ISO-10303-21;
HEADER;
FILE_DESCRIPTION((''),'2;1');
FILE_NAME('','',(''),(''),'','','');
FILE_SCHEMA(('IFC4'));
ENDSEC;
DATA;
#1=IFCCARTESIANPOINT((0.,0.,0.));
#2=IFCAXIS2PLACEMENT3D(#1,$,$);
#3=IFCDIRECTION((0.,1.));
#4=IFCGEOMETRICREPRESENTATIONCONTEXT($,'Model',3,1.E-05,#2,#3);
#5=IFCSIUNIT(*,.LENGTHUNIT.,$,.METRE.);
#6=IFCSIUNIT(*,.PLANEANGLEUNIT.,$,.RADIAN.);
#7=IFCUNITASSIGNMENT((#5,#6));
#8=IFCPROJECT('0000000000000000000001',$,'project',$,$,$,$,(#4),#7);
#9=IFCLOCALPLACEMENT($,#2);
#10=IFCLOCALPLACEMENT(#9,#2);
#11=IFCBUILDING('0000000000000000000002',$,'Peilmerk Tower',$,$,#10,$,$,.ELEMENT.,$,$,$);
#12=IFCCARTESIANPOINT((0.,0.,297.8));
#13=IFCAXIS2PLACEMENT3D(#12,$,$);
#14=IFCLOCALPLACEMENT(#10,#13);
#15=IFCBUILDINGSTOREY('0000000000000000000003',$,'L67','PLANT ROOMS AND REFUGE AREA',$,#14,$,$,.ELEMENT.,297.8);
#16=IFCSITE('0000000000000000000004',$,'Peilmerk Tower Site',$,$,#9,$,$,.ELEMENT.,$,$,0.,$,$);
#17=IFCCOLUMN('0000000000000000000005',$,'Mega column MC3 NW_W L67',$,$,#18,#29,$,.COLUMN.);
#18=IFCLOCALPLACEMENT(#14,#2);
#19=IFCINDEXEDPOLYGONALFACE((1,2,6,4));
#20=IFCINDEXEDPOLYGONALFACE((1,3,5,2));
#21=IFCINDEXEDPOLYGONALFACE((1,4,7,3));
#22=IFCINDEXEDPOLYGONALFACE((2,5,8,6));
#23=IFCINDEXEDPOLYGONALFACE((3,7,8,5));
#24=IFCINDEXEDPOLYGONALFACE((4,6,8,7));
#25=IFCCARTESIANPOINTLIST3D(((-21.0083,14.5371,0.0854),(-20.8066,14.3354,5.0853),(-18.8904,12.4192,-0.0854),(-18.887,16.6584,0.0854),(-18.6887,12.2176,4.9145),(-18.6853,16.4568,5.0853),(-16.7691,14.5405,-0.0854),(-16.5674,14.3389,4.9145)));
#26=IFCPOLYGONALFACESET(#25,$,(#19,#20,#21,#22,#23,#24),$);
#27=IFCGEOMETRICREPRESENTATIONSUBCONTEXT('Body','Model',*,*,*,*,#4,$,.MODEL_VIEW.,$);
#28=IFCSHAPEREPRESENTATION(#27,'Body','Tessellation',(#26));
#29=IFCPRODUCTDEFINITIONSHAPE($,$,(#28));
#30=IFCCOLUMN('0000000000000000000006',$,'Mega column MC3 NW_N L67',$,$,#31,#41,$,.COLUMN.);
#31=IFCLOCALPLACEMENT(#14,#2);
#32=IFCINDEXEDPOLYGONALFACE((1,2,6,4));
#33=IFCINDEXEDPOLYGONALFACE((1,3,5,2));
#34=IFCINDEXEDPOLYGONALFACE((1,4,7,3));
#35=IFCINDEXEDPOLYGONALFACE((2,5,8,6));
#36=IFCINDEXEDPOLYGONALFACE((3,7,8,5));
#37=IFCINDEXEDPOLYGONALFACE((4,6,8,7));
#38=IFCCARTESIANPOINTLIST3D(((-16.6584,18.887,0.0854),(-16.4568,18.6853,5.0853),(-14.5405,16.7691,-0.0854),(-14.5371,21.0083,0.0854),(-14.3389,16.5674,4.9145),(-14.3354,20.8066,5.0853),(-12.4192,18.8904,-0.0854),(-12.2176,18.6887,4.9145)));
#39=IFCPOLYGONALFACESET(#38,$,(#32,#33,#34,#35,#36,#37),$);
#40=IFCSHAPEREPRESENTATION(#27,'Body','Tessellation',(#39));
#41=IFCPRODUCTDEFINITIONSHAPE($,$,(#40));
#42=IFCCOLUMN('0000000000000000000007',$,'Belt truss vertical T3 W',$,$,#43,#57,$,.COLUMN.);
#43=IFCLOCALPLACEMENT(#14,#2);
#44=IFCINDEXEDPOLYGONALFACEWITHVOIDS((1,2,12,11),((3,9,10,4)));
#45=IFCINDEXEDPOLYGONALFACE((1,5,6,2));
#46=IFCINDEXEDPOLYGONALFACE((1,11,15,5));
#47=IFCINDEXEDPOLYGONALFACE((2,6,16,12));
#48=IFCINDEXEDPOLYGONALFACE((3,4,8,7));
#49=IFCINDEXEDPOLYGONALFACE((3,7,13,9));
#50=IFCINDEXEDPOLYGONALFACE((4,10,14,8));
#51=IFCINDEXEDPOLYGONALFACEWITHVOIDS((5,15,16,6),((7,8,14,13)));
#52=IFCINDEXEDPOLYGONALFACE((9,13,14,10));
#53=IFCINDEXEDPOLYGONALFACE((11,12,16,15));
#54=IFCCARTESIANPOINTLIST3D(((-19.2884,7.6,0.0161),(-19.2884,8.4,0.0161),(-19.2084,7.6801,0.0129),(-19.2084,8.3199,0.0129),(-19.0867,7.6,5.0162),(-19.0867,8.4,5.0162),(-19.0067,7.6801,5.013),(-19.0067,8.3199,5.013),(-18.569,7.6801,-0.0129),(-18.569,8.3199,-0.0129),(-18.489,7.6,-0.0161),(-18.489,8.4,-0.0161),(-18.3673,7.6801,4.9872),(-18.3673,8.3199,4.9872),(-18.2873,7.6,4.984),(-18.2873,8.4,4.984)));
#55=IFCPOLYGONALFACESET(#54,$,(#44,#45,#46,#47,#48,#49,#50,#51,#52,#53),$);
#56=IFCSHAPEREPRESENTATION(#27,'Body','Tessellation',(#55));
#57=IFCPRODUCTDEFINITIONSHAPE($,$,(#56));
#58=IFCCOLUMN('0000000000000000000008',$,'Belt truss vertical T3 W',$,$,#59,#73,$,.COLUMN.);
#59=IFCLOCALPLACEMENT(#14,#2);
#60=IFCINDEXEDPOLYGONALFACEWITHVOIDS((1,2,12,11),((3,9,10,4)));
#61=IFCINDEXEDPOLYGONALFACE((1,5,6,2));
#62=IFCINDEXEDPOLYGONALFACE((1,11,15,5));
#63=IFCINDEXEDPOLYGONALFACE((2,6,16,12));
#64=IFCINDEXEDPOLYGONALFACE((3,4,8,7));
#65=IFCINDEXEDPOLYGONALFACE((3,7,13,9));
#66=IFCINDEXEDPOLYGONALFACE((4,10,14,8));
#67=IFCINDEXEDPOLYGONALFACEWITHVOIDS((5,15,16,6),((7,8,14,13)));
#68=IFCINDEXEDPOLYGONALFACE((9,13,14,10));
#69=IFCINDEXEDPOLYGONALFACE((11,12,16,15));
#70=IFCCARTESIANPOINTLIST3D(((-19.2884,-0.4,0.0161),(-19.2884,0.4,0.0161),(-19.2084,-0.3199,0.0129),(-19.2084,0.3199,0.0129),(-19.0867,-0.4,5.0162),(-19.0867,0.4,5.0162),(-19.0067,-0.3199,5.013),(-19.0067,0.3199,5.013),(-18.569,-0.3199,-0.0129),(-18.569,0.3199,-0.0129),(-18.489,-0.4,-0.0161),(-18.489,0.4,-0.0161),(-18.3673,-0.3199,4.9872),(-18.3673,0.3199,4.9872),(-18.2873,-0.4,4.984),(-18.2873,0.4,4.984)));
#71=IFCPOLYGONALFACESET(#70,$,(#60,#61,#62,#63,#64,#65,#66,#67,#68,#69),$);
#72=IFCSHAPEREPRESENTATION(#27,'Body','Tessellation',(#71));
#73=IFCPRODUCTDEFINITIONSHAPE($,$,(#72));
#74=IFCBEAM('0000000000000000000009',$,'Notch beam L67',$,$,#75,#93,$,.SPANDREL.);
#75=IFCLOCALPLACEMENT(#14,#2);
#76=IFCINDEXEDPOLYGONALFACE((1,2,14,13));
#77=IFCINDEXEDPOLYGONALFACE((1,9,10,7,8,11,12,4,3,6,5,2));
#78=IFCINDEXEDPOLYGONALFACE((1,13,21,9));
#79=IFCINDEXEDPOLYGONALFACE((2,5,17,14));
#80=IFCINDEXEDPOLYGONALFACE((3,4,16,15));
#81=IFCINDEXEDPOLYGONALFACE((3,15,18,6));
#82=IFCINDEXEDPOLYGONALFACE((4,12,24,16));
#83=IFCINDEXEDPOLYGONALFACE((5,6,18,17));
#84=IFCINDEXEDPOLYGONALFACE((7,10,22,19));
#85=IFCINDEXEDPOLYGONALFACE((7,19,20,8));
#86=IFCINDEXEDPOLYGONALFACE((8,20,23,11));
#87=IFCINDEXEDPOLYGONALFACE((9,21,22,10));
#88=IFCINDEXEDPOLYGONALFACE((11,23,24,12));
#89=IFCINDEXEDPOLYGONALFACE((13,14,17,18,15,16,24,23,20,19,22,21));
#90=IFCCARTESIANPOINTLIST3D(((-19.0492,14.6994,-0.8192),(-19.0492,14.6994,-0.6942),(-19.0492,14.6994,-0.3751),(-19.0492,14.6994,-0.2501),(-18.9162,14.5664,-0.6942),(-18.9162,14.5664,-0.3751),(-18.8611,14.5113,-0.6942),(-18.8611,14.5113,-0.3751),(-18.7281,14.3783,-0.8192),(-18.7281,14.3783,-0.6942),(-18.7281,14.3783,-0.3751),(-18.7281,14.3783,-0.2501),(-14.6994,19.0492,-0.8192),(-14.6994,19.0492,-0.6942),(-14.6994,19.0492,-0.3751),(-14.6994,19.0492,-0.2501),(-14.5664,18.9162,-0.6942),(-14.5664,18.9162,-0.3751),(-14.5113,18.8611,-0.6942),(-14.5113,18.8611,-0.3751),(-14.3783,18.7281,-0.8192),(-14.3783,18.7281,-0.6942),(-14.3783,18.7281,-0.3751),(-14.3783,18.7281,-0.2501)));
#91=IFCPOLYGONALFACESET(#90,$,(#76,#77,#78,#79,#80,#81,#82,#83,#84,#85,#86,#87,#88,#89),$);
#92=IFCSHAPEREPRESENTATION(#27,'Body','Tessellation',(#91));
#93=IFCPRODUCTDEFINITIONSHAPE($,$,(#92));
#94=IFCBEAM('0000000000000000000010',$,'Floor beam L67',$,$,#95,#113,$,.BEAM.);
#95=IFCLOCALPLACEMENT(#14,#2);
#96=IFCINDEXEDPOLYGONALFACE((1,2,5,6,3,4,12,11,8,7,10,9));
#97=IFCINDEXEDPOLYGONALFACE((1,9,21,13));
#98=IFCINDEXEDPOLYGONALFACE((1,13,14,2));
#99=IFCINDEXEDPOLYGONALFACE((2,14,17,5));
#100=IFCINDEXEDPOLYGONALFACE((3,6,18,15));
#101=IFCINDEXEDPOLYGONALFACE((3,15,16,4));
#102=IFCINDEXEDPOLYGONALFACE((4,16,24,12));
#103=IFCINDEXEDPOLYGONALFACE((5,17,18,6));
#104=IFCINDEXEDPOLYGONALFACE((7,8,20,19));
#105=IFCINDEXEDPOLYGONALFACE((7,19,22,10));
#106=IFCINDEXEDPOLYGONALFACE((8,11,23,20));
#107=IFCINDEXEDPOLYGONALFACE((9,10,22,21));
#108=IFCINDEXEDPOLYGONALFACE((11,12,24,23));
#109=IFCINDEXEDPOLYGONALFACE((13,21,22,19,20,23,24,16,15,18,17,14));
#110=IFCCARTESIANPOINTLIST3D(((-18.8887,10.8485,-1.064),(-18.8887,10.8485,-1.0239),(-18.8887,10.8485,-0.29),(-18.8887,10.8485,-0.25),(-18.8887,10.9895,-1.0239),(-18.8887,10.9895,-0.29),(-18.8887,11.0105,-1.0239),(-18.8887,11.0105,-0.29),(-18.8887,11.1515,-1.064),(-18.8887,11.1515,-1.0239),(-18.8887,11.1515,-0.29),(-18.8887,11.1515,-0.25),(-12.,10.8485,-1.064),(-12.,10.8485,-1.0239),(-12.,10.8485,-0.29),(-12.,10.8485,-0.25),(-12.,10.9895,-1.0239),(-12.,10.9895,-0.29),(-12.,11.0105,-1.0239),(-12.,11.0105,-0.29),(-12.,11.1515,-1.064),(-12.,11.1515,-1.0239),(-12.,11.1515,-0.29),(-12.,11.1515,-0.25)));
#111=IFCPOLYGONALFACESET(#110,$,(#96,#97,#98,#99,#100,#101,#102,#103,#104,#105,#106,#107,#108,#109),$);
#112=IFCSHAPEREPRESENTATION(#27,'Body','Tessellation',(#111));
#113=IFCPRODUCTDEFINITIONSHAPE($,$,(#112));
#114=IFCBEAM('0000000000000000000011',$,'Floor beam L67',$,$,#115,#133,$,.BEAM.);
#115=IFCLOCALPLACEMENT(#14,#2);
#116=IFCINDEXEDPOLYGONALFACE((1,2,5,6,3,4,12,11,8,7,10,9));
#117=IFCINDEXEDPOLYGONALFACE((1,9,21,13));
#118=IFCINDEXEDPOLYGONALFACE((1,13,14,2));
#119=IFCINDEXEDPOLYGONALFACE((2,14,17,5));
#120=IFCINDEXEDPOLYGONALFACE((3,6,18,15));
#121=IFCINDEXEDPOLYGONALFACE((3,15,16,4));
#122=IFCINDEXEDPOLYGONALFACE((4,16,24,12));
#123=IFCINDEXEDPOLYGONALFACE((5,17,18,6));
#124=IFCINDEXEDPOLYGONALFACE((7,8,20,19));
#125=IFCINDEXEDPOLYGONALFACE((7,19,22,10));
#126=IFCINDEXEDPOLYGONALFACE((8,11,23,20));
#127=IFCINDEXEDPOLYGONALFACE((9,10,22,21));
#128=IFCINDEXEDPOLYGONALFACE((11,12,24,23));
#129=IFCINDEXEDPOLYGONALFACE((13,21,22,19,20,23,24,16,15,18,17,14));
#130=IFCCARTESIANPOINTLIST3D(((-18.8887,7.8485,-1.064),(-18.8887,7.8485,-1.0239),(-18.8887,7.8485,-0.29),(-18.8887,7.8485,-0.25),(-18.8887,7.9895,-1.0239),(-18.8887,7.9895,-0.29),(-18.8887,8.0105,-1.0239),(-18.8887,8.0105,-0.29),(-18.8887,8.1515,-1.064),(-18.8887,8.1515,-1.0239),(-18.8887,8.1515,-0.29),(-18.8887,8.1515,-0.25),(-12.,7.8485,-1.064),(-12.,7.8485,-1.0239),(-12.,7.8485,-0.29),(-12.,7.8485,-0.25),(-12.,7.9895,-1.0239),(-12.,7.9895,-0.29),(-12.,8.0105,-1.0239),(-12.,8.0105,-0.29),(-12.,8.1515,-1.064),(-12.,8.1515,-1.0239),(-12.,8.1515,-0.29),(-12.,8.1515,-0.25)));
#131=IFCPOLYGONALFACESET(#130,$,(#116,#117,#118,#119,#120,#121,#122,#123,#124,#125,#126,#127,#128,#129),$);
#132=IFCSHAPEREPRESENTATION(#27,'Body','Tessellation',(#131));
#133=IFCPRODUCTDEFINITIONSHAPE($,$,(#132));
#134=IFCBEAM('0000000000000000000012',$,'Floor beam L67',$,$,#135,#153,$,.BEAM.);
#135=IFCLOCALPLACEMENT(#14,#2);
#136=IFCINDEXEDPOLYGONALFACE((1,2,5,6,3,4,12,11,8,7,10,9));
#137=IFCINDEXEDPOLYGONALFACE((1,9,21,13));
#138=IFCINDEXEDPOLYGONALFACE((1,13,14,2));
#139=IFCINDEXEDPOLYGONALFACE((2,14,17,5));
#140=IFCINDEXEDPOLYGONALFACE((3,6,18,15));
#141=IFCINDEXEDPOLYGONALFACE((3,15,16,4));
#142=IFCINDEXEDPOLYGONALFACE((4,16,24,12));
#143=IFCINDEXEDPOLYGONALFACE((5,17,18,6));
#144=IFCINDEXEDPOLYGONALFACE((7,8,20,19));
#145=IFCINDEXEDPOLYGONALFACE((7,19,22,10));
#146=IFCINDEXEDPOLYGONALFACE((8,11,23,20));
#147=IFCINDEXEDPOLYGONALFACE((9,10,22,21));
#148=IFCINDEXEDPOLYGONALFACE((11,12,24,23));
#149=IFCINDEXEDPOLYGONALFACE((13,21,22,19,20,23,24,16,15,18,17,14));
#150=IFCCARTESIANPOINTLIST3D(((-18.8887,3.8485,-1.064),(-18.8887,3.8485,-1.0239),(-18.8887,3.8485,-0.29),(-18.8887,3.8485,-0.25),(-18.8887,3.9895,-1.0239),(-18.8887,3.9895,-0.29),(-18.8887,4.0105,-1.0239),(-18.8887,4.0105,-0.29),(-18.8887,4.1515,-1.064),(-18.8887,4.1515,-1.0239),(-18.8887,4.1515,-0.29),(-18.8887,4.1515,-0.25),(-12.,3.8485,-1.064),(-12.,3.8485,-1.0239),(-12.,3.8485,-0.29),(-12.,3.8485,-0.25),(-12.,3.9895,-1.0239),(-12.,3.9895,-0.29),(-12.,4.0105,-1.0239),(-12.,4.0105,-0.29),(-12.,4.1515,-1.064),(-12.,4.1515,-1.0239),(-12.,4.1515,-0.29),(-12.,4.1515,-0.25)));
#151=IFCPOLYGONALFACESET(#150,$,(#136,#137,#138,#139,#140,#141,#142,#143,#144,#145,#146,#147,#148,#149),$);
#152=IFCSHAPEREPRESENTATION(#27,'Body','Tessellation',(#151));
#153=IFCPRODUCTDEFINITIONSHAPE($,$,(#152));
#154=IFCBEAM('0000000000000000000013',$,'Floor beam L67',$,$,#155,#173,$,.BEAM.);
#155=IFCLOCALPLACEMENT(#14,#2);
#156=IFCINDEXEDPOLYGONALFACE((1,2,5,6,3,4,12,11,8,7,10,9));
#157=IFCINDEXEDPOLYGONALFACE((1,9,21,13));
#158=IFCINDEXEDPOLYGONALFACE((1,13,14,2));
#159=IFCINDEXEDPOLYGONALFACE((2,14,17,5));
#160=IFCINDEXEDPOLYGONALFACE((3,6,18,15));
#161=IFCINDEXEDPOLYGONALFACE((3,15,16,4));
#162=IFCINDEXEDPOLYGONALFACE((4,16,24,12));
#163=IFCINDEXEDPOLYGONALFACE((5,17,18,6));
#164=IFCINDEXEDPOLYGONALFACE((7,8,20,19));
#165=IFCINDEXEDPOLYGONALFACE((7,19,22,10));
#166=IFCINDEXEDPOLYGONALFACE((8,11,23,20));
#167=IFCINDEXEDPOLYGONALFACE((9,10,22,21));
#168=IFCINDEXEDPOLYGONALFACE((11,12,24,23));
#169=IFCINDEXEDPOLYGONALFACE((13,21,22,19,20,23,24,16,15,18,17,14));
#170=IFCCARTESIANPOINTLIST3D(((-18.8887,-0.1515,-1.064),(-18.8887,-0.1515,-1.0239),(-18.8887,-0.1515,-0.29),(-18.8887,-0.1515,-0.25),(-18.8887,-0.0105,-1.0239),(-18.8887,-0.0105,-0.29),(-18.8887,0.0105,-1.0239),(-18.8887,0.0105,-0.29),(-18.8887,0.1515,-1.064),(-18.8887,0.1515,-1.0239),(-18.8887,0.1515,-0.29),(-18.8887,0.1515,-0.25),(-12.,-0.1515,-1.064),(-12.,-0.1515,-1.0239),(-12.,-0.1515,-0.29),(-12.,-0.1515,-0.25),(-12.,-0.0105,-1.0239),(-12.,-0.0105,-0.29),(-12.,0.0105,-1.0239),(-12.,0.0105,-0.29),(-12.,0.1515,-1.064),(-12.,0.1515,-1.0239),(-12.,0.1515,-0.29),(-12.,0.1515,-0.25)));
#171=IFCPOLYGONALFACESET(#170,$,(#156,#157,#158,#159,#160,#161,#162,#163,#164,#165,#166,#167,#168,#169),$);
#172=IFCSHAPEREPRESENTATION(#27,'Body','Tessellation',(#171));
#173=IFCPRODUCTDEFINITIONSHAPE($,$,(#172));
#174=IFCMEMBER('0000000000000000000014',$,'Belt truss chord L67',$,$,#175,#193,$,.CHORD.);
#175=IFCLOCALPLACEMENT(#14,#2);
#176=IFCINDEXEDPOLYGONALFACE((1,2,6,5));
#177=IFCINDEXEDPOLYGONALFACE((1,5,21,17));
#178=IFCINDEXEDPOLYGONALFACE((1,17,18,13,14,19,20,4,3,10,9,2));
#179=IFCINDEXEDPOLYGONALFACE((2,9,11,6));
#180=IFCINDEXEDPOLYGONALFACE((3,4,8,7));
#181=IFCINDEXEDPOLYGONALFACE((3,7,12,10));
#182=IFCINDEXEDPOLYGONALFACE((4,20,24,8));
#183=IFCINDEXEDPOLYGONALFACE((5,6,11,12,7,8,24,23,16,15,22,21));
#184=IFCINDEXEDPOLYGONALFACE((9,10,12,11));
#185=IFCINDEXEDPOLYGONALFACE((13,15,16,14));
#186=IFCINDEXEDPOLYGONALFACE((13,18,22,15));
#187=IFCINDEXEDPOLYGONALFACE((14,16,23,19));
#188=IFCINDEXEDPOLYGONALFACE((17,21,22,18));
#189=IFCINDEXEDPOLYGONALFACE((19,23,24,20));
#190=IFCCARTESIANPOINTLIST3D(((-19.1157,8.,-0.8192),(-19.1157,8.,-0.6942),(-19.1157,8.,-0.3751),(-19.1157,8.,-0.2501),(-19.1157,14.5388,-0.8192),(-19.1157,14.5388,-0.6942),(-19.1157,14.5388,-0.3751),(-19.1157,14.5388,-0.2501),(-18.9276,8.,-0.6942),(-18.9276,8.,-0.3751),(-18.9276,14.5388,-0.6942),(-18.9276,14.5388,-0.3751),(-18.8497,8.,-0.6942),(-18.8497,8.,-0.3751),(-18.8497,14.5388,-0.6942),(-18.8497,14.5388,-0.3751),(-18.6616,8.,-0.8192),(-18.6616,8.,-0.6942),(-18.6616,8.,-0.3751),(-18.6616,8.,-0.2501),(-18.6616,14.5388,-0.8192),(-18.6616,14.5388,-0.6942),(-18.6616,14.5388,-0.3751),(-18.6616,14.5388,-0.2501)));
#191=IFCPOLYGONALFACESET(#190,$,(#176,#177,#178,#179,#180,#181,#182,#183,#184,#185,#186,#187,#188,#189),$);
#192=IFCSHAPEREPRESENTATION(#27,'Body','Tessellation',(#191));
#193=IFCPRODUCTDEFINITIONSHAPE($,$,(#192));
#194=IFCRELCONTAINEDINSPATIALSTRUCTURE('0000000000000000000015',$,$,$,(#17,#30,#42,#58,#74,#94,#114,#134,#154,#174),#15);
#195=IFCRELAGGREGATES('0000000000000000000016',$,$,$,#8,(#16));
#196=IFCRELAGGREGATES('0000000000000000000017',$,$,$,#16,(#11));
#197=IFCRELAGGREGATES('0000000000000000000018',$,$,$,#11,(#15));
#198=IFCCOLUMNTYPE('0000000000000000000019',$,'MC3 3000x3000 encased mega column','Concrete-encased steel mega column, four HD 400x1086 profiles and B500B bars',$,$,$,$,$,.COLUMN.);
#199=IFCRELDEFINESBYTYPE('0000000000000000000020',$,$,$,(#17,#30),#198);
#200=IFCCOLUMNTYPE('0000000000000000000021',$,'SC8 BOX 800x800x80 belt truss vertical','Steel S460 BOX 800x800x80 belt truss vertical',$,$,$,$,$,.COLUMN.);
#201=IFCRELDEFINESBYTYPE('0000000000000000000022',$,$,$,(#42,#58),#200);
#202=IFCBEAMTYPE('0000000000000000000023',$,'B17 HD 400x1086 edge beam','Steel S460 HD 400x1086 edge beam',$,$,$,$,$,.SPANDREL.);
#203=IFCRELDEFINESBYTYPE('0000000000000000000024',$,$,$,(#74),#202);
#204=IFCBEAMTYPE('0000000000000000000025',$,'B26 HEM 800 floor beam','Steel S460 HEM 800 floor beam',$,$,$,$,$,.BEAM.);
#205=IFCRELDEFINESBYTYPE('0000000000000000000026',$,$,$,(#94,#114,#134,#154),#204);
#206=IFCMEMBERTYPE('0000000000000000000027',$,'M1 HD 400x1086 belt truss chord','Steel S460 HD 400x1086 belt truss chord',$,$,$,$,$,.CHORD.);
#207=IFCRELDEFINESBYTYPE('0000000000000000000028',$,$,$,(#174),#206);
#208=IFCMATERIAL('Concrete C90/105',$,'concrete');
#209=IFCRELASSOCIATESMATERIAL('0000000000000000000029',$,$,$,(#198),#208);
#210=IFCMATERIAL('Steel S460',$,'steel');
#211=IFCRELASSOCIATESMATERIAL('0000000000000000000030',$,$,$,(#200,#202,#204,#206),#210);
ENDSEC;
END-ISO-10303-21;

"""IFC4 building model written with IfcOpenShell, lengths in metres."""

from ifc_helpers import new_model, si_unit, direction, frame, origin, origin_2d, place, context, subcontext, project, spatial, rectangle, hollow_rectangle, i_section, extrude, material, material_profile, profile_set, type_object, element, save


model = new_model("IFC4")

# Units and contexts
model_context = context("Model", 3, precision=1e-05, world=origin(), true_north=direction((0.0, 1.0)))
body_context = subcontext(model_context, "Body", "Model", "MODEL_VIEW")
ifc_project = project(units=[si_unit("LENGTHUNIT", "METRE"), si_unit("PLANEANGLEUNIT", "RADIAN")], contexts=[model_context])

# Site, building, storey
site_placement = place(None, origin())
site = spatial("IfcSite", under=ifc_project, at=site_placement, Name="Peilmerk Tower Site", CompositionType="ELEMENT", RefElevation=0.0)
building_placement = place(site_placement, origin())
building = spatial("IfcBuilding", under=site, at=building_placement, Name="Peilmerk Tower", CompositionType="ELEMENT")
storey_placement = place(building_placement, frame((0.0, 0.0, 297.8)))
storey = spatial("IfcBuildingStorey", under=building, at=storey_placement, Name="L67", Description="PLANT ROOMS AND REFUGE AREA", CompositionType="ELEMENT", Elevation=297.8)

# Columns
ifc_material_1 = material(Name="Concrete C90/105", Category="concrete")
ifc_material_profile_1 = material_profile(ifc_material_1, rectangle(XDim=3.0, YDim=3.0, at=origin_2d()), Name="RC 3000x3000")
ifc_profile_set_1 = profile_set([ifc_material_profile_1], Name="Concrete C90/105")
column_type_1 = type_object("IfcColumnType", Name="MC3 3000x3000 encased mega column", Description="Concrete-encased steel mega column, four HD 400x1086 profiles and B500B bars", PredefinedType="COLUMN", material=ifc_profile_set_1)
for number, where, z_axis, x_axis, name in (
    (1, (-18.8887, 14.5388, 0.0), (0.040267, -0.040267, 0.998377), (0.707107, 0.707107, 0.0), "Mega column MC3 NW_W L67"),
    (2, (-14.5388, 18.8887, 0.0), (0.040267, -0.040267, 0.998377), (0.707107, 0.707107, 0.0), "Mega column MC3 NW_N L67"),
):
    element("IfcColumn", number, at=place(storey_placement, frame(where, z_axis=z_axis, x_axis=x_axis)), inside=storey, type_object=column_type_1, Name=name, PredefinedType="COLUMN", context=body_context, shape_type="SweptSolid", body=[
        extrude(rectangle(XDim=3.0, YDim=3.0, at=origin_2d()), origin(), (0.0, 0.0, 1.0), 5.0081),
    ])
ifc_material_2 = material(Name="Steel S460", Category="steel")
ifc_material_profile_2 = material_profile(ifc_material_2, hollow_rectangle(XDim=0.8, YDim=0.8, WallThickness=0.0801, at=origin_2d()), Name="BOX 800x800x80")
ifc_profile_set_2 = profile_set([ifc_material_profile_2], Name="Steel S460")
column_type_2 = type_object("IfcColumnType", Name="SC8 BOX 800x800x80 belt truss vertical", Description="Steel S460 BOX 800x800x80 belt truss vertical", PredefinedType="COLUMN", material=ifc_profile_set_2)
for number, where, z_axis, x_axis, name in (
    (3, (-18.8887, 8.0, 0.0), (0.040299, 0.0, 0.999188), (0.0, 1.0, 0.0), "Belt truss vertical T3 W"),
    (4, (-18.8887, 0.0, 0.0), (0.040299, 0.0, 0.999188), (0.0, 1.0, 0.0), "Belt truss vertical T3 W"),
):
    element("IfcColumn", number, at=place(storey_placement, frame(where, z_axis=z_axis, x_axis=x_axis)), inside=storey, type_object=column_type_2, Name=name, PredefinedType="COLUMN", context=body_context, shape_type="SweptSolid", body=[
        extrude(hollow_rectangle(XDim=0.8, YDim=0.8, WallThickness=0.0801, at=origin_2d()), origin(), (0.0, 0.0, 1.0), 5.0042),
    ])

# Beams
ifc_material_profile_3 = material_profile(ifc_material_2, i_section(OverallWidth=0.4541, OverallDepth=0.5691, WebThickness=0.0779, FlangeThickness=0.125, at=origin_2d()), Name="HD 400x1086")
ifc_profile_set_3 = profile_set([ifc_material_profile_3], Name="Steel S460")
beam_type_1 = type_object("IfcBeamType", Name="B17 HD 400x1086 edge beam", Description="Steel S460 HD 400x1086 edge beam", PredefinedType="SPANDREL", material=ifc_profile_set_3)
beam_placement = place(storey_placement, frame((-18.8887, 14.5388, -0.5347), z_axis=(0.707107, 0.707107, 0.0), x_axis=(-0.707107, 0.707107, 0.0)))
element("IfcBeam", 5, at=beam_placement, inside=storey, type_object=beam_type_1, Name="Notch beam L67", PredefinedType="SPANDREL", context=body_context, shape_type="SweptSolid", body=[
    extrude(i_section(OverallWidth=0.4541, OverallDepth=0.5691, WebThickness=0.0779, FlangeThickness=0.125, at=origin_2d()), origin(), (0.0, 0.0, 1.0), 6.1516),
])
ifc_material_profile_4 = material_profile(ifc_material_2, i_section(OverallWidth=0.303, OverallDepth=0.814, WebThickness=0.021, FlangeThickness=0.04, at=origin_2d()), Name="HEM 800")
ifc_profile_set_4 = profile_set([ifc_material_profile_4], Name="Steel S460")
beam_type_2 = type_object("IfcBeamType", Name="B26 HEM 800 floor beam", Description="Steel S460 HEM 800 floor beam", PredefinedType="BEAM", material=ifc_profile_set_4)
for number, where, z_axis, x_axis, name in (
    (6, (-12.0, 11.0, -0.657), (-1.0, 0.0, 0.0), (0.0, -1.0, 0.0), "Floor beam L67"),
    (7, (-12.0, 8.0, -0.657), (-1.0, 0.0, 0.0), (0.0, -1.0, 0.0), "Floor beam L67"),
    (8, (-12.0, 4.0, -0.657), (-1.0, 0.0, 0.0), (0.0, -1.0, 0.0), "Floor beam L67"),
    (9, (-12.0, 0.0, -0.657), (-1.0, 0.0, 0.0), (0.0, -1.0, 0.0), "Floor beam L67"),
):
    element("IfcBeam", number, at=place(storey_placement, frame(where, z_axis=z_axis, x_axis=x_axis)), inside=storey, type_object=beam_type_2, Name=name, PredefinedType="BEAM", context=body_context, shape_type="SweptSolid", body=[
        extrude(i_section(OverallWidth=0.303, OverallDepth=0.814, WebThickness=0.021, FlangeThickness=0.04, at=origin_2d()), origin(), (0.0, 0.0, 1.0), 6.8887),
    ])

# Member
ifc_material_profile_5 = material_profile(ifc_material_2, i_section(OverallWidth=0.4541, OverallDepth=0.5691, WebThickness=0.0779, FlangeThickness=0.125, at=origin_2d()), Name="HD 400x1086")
ifc_profile_set_5 = profile_set([ifc_material_profile_5], Name="Steel S460")
member_type_1 = type_object("IfcMemberType", Name="M1 HD 400x1086 belt truss chord", Description="Steel S460 HD 400x1086 belt truss chord", PredefinedType="CHORD", material=ifc_profile_set_5)
member_1_placement = place(storey_placement, frame((-18.8887, 14.5388, -0.5347), z_axis=(0.0, -1.0, 0.0), x_axis=(1.0, 0.0, 0.0)))
element("IfcMember", 10, at=member_1_placement, inside=storey, type_object=member_type_1, Name="Belt truss chord L67", PredefinedType="CHORD", context=body_context, shape_type="SweptSolid", body=[
    extrude(i_section(OverallWidth=0.4541, OverallDepth=0.5691, WebThickness=0.0779, FlangeThickness=0.125, at=origin_2d()), origin(), (0.0, 0.0, 1.0), 6.5388),
])

save(model, "model.ifc")
